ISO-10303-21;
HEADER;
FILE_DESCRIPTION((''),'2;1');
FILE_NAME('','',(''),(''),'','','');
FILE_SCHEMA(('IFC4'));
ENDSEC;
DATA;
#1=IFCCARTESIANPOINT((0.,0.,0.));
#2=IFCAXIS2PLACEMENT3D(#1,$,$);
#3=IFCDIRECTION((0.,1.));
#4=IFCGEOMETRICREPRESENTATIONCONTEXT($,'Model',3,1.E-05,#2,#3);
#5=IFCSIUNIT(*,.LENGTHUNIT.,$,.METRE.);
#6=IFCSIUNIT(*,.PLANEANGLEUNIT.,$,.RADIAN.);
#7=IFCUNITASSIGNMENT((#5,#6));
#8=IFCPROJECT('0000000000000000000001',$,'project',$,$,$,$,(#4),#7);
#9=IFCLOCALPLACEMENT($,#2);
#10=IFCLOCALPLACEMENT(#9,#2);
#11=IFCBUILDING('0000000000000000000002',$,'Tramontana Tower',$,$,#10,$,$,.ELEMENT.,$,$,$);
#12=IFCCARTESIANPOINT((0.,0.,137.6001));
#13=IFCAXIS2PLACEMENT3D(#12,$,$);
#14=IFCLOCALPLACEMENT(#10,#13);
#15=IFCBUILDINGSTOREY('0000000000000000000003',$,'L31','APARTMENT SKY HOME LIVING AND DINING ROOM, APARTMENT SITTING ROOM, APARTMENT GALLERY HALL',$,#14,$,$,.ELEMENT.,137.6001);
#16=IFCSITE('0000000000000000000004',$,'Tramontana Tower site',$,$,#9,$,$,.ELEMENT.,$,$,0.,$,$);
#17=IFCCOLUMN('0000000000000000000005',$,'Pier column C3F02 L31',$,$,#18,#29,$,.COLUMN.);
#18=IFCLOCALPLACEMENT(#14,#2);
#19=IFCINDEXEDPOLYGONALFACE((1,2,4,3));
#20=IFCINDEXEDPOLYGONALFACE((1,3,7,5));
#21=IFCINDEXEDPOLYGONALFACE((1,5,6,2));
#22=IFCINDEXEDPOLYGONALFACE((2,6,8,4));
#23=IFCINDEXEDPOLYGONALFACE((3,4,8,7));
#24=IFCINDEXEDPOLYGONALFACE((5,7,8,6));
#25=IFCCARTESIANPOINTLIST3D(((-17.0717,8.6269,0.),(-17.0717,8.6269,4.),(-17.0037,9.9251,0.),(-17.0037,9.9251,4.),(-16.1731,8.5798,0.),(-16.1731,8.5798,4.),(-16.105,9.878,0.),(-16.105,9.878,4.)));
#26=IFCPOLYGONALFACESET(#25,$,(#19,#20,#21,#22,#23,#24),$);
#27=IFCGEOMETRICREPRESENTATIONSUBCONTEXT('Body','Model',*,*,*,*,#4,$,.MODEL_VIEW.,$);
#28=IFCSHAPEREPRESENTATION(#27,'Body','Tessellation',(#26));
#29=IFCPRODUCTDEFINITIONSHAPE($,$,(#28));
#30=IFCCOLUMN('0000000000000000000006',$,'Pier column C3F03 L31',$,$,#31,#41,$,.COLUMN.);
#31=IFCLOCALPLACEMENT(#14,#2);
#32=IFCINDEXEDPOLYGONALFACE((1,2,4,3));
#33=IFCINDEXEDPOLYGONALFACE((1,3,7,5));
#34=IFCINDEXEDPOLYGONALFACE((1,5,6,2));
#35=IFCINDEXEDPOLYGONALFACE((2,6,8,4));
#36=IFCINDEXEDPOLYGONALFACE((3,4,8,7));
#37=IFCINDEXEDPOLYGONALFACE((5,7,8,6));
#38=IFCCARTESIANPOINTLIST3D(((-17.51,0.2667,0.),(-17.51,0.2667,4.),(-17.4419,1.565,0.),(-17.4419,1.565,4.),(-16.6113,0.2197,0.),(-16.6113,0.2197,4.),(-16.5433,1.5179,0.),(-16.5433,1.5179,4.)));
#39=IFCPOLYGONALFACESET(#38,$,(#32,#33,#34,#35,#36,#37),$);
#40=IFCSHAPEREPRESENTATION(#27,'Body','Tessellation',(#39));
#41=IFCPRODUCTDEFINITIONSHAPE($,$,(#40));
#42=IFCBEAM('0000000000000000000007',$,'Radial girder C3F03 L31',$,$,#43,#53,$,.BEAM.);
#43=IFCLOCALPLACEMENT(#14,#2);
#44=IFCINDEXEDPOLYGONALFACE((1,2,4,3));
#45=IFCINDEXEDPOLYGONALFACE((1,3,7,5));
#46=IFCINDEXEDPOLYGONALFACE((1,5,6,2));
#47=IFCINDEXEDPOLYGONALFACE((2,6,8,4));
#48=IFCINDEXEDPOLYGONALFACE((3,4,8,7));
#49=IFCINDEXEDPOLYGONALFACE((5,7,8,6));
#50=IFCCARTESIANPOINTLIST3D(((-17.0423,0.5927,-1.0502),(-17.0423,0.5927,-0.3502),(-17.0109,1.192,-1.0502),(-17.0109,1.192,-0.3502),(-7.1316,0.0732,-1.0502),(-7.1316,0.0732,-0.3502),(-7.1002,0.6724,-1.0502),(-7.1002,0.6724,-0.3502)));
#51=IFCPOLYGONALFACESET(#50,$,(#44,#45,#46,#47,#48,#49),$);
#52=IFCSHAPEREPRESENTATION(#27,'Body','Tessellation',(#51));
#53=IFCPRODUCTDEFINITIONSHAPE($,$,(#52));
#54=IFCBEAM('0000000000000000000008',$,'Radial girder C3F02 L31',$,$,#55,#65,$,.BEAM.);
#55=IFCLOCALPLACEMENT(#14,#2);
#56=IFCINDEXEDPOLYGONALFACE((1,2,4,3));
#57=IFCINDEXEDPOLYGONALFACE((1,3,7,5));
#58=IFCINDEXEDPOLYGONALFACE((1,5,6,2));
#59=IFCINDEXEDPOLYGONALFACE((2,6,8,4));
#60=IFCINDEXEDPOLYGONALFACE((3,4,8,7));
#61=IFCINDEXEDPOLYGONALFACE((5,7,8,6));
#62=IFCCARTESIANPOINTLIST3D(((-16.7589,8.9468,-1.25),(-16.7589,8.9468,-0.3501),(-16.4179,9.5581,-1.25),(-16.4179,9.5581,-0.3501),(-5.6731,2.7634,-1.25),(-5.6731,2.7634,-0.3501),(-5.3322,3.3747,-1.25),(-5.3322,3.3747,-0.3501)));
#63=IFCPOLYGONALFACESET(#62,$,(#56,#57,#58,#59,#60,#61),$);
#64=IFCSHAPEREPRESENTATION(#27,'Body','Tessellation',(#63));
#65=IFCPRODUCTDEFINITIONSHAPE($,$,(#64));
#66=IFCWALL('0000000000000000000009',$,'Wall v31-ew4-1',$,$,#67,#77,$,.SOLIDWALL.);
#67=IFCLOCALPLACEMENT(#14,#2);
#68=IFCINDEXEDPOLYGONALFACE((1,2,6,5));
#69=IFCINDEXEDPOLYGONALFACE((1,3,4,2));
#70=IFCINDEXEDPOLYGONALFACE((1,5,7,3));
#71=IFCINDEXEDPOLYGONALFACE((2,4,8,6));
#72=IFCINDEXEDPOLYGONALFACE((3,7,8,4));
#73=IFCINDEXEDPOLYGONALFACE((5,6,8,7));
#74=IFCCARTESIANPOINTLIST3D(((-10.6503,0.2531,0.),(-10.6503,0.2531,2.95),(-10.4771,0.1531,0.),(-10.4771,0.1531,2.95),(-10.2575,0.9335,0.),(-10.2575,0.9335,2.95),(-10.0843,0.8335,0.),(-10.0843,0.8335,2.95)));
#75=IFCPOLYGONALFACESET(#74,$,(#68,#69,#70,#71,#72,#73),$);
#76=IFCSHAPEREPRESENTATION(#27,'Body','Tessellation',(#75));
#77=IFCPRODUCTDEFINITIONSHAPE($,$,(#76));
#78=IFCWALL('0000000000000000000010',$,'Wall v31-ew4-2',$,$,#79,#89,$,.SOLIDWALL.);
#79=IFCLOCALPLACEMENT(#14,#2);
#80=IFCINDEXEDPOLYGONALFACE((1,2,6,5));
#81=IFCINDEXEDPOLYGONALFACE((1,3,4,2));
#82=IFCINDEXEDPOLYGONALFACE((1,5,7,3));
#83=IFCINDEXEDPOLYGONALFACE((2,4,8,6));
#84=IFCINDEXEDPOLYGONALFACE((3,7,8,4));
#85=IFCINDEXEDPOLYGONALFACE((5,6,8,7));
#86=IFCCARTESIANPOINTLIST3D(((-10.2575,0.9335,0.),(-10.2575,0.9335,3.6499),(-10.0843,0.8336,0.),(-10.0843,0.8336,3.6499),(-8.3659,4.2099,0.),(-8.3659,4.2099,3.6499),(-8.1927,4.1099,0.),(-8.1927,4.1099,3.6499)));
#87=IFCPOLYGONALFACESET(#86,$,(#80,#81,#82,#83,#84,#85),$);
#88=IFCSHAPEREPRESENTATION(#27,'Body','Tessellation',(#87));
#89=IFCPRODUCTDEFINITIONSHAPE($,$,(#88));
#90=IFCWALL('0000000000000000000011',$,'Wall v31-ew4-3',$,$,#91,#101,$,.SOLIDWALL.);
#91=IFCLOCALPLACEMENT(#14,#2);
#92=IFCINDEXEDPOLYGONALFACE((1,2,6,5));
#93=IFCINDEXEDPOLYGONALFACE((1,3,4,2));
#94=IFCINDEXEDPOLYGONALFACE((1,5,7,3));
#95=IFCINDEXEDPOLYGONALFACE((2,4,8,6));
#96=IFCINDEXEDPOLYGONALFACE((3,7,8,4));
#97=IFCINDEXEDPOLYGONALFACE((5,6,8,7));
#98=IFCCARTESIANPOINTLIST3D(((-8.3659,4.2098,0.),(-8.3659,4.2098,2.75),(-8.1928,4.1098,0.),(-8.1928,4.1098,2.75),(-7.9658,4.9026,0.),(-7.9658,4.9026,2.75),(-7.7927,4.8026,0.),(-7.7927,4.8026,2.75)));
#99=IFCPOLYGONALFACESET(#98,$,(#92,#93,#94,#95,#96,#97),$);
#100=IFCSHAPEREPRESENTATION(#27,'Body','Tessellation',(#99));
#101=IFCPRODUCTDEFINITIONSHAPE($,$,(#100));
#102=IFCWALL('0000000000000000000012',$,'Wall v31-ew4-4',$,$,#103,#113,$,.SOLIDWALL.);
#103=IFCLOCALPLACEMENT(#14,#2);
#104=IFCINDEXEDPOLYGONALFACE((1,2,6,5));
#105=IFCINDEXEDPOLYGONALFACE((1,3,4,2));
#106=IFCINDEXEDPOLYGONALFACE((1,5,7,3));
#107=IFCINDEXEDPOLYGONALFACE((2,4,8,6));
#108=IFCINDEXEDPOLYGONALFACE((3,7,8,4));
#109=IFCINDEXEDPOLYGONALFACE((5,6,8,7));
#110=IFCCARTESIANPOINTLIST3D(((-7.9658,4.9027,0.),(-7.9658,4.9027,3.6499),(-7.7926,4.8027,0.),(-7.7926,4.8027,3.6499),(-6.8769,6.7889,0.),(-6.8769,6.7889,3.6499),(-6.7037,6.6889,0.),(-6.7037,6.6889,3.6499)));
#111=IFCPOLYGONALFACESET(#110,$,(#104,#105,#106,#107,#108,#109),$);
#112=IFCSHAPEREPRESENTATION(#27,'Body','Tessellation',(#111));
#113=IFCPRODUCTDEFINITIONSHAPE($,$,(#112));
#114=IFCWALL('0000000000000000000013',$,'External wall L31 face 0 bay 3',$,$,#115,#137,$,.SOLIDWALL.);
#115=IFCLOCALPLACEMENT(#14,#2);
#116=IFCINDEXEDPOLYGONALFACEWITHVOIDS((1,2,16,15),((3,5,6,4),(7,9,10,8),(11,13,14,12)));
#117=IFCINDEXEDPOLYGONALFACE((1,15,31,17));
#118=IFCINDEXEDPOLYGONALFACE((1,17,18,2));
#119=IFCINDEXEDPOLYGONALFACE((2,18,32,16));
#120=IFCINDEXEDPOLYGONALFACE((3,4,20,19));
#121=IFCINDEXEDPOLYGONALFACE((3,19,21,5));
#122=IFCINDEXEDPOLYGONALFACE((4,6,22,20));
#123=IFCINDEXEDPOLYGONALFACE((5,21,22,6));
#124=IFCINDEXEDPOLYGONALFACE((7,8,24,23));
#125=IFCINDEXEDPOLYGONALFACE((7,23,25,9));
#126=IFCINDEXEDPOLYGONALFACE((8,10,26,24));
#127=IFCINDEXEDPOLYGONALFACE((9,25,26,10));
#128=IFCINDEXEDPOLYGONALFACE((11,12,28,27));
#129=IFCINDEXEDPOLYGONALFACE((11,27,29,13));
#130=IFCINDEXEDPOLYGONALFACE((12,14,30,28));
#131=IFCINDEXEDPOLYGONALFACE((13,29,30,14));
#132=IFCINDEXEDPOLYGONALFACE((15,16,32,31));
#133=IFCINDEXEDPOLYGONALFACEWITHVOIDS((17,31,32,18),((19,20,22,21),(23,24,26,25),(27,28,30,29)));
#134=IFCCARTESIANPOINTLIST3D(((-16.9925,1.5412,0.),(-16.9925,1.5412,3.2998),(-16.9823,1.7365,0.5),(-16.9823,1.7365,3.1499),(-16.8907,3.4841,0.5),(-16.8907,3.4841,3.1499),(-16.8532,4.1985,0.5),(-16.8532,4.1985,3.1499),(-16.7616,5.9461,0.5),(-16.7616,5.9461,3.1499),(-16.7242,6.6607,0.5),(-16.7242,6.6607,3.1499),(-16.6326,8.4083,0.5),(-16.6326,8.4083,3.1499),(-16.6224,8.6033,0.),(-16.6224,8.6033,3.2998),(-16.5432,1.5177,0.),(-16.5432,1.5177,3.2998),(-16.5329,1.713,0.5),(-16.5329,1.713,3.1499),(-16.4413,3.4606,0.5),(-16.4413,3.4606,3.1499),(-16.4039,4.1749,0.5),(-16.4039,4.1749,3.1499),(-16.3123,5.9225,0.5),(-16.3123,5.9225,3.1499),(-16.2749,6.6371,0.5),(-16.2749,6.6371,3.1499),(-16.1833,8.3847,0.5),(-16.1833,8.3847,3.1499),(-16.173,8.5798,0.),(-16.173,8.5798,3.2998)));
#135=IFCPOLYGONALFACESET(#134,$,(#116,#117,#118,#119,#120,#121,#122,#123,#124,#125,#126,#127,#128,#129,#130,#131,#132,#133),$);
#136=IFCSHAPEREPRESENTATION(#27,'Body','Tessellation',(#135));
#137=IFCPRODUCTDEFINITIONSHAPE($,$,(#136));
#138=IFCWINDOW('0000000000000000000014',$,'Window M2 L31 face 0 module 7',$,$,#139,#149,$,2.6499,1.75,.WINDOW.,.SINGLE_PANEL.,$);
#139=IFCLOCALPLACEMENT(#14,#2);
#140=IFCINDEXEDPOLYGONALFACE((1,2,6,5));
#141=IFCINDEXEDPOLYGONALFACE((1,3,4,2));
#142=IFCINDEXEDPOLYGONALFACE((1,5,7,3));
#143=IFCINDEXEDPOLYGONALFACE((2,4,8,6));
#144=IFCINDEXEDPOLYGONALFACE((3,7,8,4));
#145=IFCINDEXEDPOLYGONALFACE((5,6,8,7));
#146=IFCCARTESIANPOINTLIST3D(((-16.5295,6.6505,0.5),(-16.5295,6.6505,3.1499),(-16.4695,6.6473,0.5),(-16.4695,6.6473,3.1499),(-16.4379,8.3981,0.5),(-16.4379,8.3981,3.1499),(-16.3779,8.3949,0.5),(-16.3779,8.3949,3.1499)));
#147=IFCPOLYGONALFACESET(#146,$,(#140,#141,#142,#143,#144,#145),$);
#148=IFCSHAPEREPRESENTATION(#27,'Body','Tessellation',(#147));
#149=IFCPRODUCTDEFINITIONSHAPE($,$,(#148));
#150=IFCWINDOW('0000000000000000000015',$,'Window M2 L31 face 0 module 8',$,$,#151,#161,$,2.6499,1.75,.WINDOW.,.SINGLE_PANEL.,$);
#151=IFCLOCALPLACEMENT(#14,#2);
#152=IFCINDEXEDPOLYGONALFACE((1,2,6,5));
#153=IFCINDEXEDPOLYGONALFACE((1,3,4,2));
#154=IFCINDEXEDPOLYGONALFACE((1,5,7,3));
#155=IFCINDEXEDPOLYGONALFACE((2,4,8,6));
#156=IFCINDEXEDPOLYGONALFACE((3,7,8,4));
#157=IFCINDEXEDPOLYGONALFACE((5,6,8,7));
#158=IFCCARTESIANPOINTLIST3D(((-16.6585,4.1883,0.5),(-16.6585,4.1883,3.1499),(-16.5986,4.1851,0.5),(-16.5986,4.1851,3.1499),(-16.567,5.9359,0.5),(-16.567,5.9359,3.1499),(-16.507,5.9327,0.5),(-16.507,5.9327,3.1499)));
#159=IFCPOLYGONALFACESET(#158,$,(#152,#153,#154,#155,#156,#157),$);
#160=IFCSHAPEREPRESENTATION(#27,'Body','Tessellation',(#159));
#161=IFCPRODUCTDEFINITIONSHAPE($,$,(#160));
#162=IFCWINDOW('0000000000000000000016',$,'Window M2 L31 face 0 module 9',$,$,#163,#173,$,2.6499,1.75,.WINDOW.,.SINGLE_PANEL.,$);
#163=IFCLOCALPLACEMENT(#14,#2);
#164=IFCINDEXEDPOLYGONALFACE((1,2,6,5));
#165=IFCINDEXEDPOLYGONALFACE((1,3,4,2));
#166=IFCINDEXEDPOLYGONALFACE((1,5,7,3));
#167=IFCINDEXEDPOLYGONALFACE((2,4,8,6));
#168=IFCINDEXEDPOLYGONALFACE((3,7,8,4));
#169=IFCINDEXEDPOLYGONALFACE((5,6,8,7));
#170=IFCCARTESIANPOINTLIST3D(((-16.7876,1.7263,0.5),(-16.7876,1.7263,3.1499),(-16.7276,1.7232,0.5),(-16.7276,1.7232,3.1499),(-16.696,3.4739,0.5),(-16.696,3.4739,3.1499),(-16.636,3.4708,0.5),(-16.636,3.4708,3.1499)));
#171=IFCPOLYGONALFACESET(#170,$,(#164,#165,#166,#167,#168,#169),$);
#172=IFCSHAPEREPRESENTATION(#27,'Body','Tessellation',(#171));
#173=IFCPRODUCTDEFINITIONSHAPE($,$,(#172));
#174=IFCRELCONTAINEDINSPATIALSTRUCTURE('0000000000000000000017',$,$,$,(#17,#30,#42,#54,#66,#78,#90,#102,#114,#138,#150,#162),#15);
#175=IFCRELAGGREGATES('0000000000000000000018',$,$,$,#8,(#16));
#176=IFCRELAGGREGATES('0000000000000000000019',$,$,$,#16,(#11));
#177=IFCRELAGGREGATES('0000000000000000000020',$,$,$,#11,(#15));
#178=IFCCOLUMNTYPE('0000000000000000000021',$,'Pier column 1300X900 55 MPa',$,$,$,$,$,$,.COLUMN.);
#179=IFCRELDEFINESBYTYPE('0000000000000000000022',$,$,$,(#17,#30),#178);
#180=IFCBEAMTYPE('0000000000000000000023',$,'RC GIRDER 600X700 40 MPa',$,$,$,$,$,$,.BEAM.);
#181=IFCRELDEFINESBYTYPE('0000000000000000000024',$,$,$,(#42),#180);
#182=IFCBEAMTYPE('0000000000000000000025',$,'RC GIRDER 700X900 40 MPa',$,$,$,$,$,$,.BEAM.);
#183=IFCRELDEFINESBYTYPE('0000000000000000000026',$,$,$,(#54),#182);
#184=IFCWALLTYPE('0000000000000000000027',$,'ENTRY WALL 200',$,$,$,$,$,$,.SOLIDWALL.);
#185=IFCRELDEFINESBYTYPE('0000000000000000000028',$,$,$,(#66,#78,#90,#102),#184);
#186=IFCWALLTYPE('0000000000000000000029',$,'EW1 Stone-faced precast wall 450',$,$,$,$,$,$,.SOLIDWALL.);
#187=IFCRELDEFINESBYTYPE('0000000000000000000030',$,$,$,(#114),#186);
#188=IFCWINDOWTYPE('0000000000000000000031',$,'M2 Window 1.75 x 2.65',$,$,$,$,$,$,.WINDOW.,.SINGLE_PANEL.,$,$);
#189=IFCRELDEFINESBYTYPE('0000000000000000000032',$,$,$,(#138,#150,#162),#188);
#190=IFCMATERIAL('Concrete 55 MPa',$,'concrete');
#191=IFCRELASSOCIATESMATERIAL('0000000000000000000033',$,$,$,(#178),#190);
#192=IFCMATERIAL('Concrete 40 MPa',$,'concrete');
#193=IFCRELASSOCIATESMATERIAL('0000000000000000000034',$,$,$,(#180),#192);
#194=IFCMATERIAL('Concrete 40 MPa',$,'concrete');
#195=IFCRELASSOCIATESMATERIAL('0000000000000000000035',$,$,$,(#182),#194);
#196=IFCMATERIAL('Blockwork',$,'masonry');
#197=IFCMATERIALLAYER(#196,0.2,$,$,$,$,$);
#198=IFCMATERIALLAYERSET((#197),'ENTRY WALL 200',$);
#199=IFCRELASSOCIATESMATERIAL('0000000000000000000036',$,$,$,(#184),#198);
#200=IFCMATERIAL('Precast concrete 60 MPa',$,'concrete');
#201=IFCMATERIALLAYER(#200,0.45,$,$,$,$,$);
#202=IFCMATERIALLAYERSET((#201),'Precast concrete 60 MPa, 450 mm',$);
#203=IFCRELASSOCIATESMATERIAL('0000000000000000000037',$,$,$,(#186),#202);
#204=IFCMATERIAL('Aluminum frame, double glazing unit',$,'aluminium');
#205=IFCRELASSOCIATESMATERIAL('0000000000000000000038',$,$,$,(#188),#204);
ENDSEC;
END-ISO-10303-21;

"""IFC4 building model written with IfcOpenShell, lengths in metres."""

from ifc_helpers import new_model, si_unit, direction, frame, frame_2d, origin, origin_2d, place, context, subcontext, project, spatial, rectangle, extrude, material, layer, layer_set, material_profile, profile_set, type_object, element, fill, save


model = new_model("IFC4")

# Units and contexts
model_context = context("Model", 3, precision=1e-05, world=origin(), true_north=direction((0.0, 1.0)))
body_context = subcontext(model_context, "Body", "Model", "MODEL_VIEW")
ifc_project = project(units=[si_unit("LENGTHUNIT", "METRE"), si_unit("PLANEANGLEUNIT", "RADIAN")], contexts=[model_context])

# Site, building, storey
site_placement = place(None, origin())
site = spatial("IfcSite", under=ifc_project, at=site_placement, Name="Tramontana Tower site", CompositionType="ELEMENT", RefElevation=0.0)
building_placement = place(site_placement, origin())
building = spatial("IfcBuilding", under=site, at=building_placement, Name="Tramontana Tower", CompositionType="ELEMENT")
storey_placement = place(building_placement, frame((0.0, 0.0, 137.6001)))
storey = spatial("IfcBuildingStorey", under=building, at=storey_placement, Name="L31", Description="APARTMENT SKY HOME LIVING AND DINING ROOM, APARTMENT SITTING ROOM, APARTMENT GALLERY HALL", CompositionType="ELEMENT", Elevation=137.6001)

# Columns
ifc_material_1 = material(Name="Concrete 55 MPa", Category="concrete")
ifc_material_profile_1 = material_profile(ifc_material_1, rectangle(XDim=1.3, YDim=0.8999, at=origin_2d()), Name="Pier column 1300X900 55 MPa")
ifc_profile_set_1 = profile_set([ifc_material_profile_1], Name="Concrete 55 MPa")
column_type = type_object("IfcColumnType", Name="Pier column 1300X900 55 MPa", PredefinedType="COLUMN", material=ifc_profile_set_1)
for number, where, z_axis, x_axis, name in (
    (1, (-16.5884, 9.2524, 0.0), (0.0, 0.0, 1.0), (-0.052336, -0.99863, 0.0), "Pier column C3F02 L31"),
    (2, (-17.0266, 0.8923, 0.0), (0.0, 0.0, 1.0), (-0.052336, -0.99863, 0.0), "Pier column C3F03 L31"),
):
    element("IfcColumn", number, at=place(storey_placement, frame(where, z_axis=z_axis, x_axis=x_axis)), inside=storey, type_object=column_type, Name=name, PredefinedType="COLUMN", context=body_context, shape_type="SweptSolid", body=[
        extrude(rectangle(XDim=1.3, YDim=0.8999, at=origin_2d()), origin(), (0.0, 0.0, 1.0), 4.0),
    ])

# Beams
ifc_material_2 = material(Name="Concrete 40 MPa", Category="concrete")
ifc_material_profile_2 = material_profile(ifc_material_2, rectangle(XDim=0.6001, YDim=0.7, at=origin_2d()), Name="RC GIRDER 600X700 40 MPa")
ifc_profile_set_2 = profile_set([ifc_material_profile_2], Name="Concrete 40 MPa")
beam_type_1 = type_object("IfcBeamType", Name="RC GIRDER 600X700 40 MPa", PredefinedType="BEAM", material=ifc_profile_set_2)
beam_1_placement = place(storey_placement, frame((-17.0266, 0.8923, -0.7002), z_axis=(0.998629, -0.05235, 0.0), x_axis=(0.05235, 0.998629, 0.0)))
element("IfcBeam", 3, at=beam_1_placement, inside=storey, type_object=beam_type_1, Name="Radial girder C3F03 L31", PredefinedType="BEAM", context=body_context, shape_type="SweptSolid", body=[
    extrude(rectangle(XDim=0.6001, YDim=0.7, at=origin_2d()), origin(), (0.0, 0.0, 1.0), 9.9243),
])
ifc_material_3 = material(Name="Concrete 40 MPa", Category="concrete")
ifc_material_profile_3 = material_profile(ifc_material_3, rectangle(XDim=0.7, YDim=0.8999, at=origin_2d()), Name="RC GIRDER 700X900 40 MPa")
ifc_profile_set_3 = profile_set([ifc_material_profile_3], Name="Concrete 40 MPa")
beam_type_2 = type_object("IfcBeamType", Name="RC GIRDER 700X900 40 MPa", PredefinedType="BEAM", material=ifc_profile_set_3)
beam_2_placement = place(storey_placement, frame((-16.5884, 9.2524, -0.8), z_axis=(0.873332, -0.487125, 0.0), x_axis=(0.487125, 0.873332, 0.0)))
element("IfcBeam", 4, at=beam_2_placement, inside=storey, type_object=beam_type_2, Name="Radial girder C3F02 L31", PredefinedType="BEAM", context=body_context, shape_type="SweptSolid", body=[
    extrude(rectangle(XDim=0.7, YDim=0.8999, at=origin_2d()), origin(), (0.0, 0.0, 1.0), 12.6936),
])

# Walls
ifc_material_4 = material(Name="Blockwork", Category="masonry")
ifc_layer_1 = layer(ifc_material_4, 0.2)
ifc_layer_set_1 = layer_set([ifc_layer_1], Name="ENTRY WALL 200")
wall_type_1 = type_object("IfcWallType", Name="ENTRY WALL 200", PredefinedType="SOLIDWALL", material=ifc_layer_set_1)
wall_1_placement = place(storey_placement, frame((-10.5637, 0.2031, 0.0), z_axis=(0.0, 0.0, 1.0), x_axis=(0.499982, 0.866036, 0.0)))
element("IfcWall", 5, at=wall_1_placement, inside=storey, type_object=wall_type_1, Name="Wall v31-ew4-1", PredefinedType="SOLIDWALL", context=body_context, shape_type="SweptSolid", body=[
    extrude(rectangle(XDim=0.7856, YDim=0.2, at=frame_2d((0.3928, 0.0))), origin(), (0.0, 0.0, 1.0), 2.95),
])
wall_2_placement = place(storey_placement, frame((-10.1709, 0.8835, 0.0), z_axis=(0.0, 0.0, 1.0), x_axis=(0.499998, 0.866027, 0.0)))
element("IfcWall", 6, at=wall_2_placement, inside=storey, type_object=wall_type_1, Name="Wall v31-ew4-2", PredefinedType="SOLIDWALL", context=body_context, shape_type="SweptSolid", body=[
    extrude(rectangle(XDim=3.7832, YDim=0.2, at=frame_2d((1.8916, 0.0))), origin(), (0.0, 0.0, 1.0), 3.6499),
])
wall_3_placement = place(storey_placement, frame((-8.2793, 4.1599, 0.0), z_axis=(0.0, 0.0, 1.0), x_axis=(0.50011, 0.865962, 0.0)))
element("IfcWall", 7, at=wall_3_placement, inside=storey, type_object=wall_type_1, Name="Wall v31-ew4-3", PredefinedType="SOLIDWALL", context=body_context, shape_type="SweptSolid", body=[
    extrude(rectangle(XDim=0.8, YDim=0.2, at=frame_2d((0.3999, 0.0))), origin(), (0.0, 0.0, 1.0), 2.75),
])
wall_4_placement = place(storey_placement, frame((-7.8792, 4.8528, 0.0), z_axis=(0.0, 0.0, 1.0), x_axis=(0.499949, 0.866055, 0.0)))
element("IfcWall", 8, at=wall_4_placement, inside=storey, type_object=wall_type_1, Name="Wall v31-ew4-4", PredefinedType="SOLIDWALL", context=body_context, shape_type="SweptSolid", body=[
    extrude(rectangle(XDim=2.178, YDim=0.2, at=frame_2d((1.0889, 0.0))), origin(), (0.0, 0.0, 1.0), 3.6499),
])

# Wall, openings, windows
ifc_material_5 = material(Name="Precast concrete 60 MPa", Category="concrete")
ifc_layer_2 = layer(ifc_material_5, 0.45)
ifc_layer_set_2 = layer_set([ifc_layer_2], Name="Precast concrete 60 MPa, 450 mm")
wall_type_2 = type_object("IfcWallType", Name="EW1 Stone-faced precast wall 450", PredefinedType="SOLIDWALL", material=ifc_layer_set_2)
wall_5_placement = place(storey_placement, frame((-16.3977, 8.5916, 0.0), z_axis=(0.0, 0.0, 1.0), x_axis=(-0.052338, -0.998629, 0.0)))
wall_5 = element("IfcWall", 9, at=wall_5_placement, inside=storey, type_object=wall_type_2, Name="External wall L31 face 0 bay 3", PredefinedType="SOLIDWALL", context=body_context, shape_type="SweptSolid", body=[
    extrude(rectangle(XDim=7.0718, YDim=0.45, at=frame_2d((3.5359, 0.0))), origin(), (0.0, 0.0, 1.0), 3.2998),
])
opening_1_placement = place(wall_5_placement, frame((0.1953, 0.0, 0.5)))
opening_1 = element("IfcOpeningElement", 10, at=opening_1_placement, cuts=wall_5, PredefinedType="OPENING", context=body_context, shape_type="SweptSolid", body=[
    extrude(rectangle(XDim=1.75, YDim=2.6499, at=frame_2d((0.875, 1.325))), frame((0.0, 0.2349, 0.0), z_axis=(0.0, -1.0, 0.0), x_axis=(1.0, 0.0, 0.0)), (0.0, 0.0, 1.0), 0.47),
])
opening_2_placement = place(wall_5_placement, frame((2.6609, 0.0, 0.5)))
opening_2 = element("IfcOpeningElement", 11, at=opening_2_placement, cuts=wall_5, PredefinedType="OPENING", context=body_context, shape_type="SweptSolid", body=[
    extrude(rectangle(XDim=1.75, YDim=2.6499, at=frame_2d((0.875, 1.325))), frame((0.0, 0.2349, 0.0), z_axis=(0.0, -1.0, 0.0), x_axis=(1.0, 0.0, 0.0)), (0.0, 0.0, 1.0), 0.47),
])
opening_3_placement = place(wall_5_placement, frame((5.1262, 0.0, 0.5)))
opening_3 = element("IfcOpeningElement", 12, at=opening_3_placement, cuts=wall_5, PredefinedType="OPENING", context=body_context, shape_type="SweptSolid", body=[
    extrude(rectangle(XDim=1.75, YDim=2.6499, at=frame_2d((0.875, 1.325))), frame((0.0, 0.2349, 0.0), z_axis=(0.0, -1.0, 0.0), x_axis=(1.0, 0.0, 0.0)), (0.0, 0.0, 1.0), 0.47),
])
ifc_material_6 = material(Name="Aluminum frame, double glazing unit", Category="aluminium")
window_type = type_object("IfcWindowType", Name="M2 Window 1.75 x 2.65", PartitioningType="SINGLE_PANEL", PredefinedType="WINDOW", material=ifc_material_6)
window_1_placement = place(opening_1_placement, origin())
window_1 = element("IfcWindow", 13, at=window_1_placement, inside=storey, type_object=window_type, Name="Window M2 L31 face 0 module 7", OverallHeight=2.6499, OverallWidth=1.75, PartitioningType="SINGLE_PANEL", PredefinedType="WINDOW", context=body_context, shape_type="SweptSolid", body=[
    extrude(rectangle(XDim=1.75, YDim=2.6499, at=frame_2d((0.875, 1.325))), frame((0.0, 0.03, 0.0), z_axis=(0.0, -1.0, 0.0), x_axis=(1.0, 0.0, 0.0)), (0.0, 0.0, 1.0), 0.0601),
])
fill(opening_1, window_1)
window_2_placement = place(opening_2_placement, origin())
window_2 = element("IfcWindow", 14, at=window_2_placement, inside=storey, type_object=window_type, Name="Window M2 L31 face 0 module 8", OverallHeight=2.6499, OverallWidth=1.75, PartitioningType="SINGLE_PANEL", PredefinedType="WINDOW", context=body_context, shape_type="SweptSolid", body=[
    extrude(rectangle(XDim=1.75, YDim=2.6499, at=frame_2d((0.875, 1.325))), frame((0.0, 0.03, 0.0), z_axis=(0.0, -1.0, 0.0), x_axis=(1.0, 0.0, 0.0)), (0.0, 0.0, 1.0), 0.0601),
])
fill(opening_2, window_2)
window_3_placement = place(opening_3_placement, origin())
window_3 = element("IfcWindow", 15, at=window_3_placement, inside=storey, type_object=window_type, Name="Window M2 L31 face 0 module 9", OverallHeight=2.6499, OverallWidth=1.75, PartitioningType="SINGLE_PANEL", PredefinedType="WINDOW", context=body_context, shape_type="SweptSolid", body=[
    extrude(rectangle(XDim=1.75, YDim=2.6499, at=frame_2d((0.875, 1.325))), frame((0.0, 0.03, 0.0), z_axis=(0.0, -1.0, 0.0), x_axis=(1.0, 0.0, 0.0)), (0.0, 0.0, 1.0), 0.0601),
])
fill(opening_3, window_3)

save(model, "model.ifc")
